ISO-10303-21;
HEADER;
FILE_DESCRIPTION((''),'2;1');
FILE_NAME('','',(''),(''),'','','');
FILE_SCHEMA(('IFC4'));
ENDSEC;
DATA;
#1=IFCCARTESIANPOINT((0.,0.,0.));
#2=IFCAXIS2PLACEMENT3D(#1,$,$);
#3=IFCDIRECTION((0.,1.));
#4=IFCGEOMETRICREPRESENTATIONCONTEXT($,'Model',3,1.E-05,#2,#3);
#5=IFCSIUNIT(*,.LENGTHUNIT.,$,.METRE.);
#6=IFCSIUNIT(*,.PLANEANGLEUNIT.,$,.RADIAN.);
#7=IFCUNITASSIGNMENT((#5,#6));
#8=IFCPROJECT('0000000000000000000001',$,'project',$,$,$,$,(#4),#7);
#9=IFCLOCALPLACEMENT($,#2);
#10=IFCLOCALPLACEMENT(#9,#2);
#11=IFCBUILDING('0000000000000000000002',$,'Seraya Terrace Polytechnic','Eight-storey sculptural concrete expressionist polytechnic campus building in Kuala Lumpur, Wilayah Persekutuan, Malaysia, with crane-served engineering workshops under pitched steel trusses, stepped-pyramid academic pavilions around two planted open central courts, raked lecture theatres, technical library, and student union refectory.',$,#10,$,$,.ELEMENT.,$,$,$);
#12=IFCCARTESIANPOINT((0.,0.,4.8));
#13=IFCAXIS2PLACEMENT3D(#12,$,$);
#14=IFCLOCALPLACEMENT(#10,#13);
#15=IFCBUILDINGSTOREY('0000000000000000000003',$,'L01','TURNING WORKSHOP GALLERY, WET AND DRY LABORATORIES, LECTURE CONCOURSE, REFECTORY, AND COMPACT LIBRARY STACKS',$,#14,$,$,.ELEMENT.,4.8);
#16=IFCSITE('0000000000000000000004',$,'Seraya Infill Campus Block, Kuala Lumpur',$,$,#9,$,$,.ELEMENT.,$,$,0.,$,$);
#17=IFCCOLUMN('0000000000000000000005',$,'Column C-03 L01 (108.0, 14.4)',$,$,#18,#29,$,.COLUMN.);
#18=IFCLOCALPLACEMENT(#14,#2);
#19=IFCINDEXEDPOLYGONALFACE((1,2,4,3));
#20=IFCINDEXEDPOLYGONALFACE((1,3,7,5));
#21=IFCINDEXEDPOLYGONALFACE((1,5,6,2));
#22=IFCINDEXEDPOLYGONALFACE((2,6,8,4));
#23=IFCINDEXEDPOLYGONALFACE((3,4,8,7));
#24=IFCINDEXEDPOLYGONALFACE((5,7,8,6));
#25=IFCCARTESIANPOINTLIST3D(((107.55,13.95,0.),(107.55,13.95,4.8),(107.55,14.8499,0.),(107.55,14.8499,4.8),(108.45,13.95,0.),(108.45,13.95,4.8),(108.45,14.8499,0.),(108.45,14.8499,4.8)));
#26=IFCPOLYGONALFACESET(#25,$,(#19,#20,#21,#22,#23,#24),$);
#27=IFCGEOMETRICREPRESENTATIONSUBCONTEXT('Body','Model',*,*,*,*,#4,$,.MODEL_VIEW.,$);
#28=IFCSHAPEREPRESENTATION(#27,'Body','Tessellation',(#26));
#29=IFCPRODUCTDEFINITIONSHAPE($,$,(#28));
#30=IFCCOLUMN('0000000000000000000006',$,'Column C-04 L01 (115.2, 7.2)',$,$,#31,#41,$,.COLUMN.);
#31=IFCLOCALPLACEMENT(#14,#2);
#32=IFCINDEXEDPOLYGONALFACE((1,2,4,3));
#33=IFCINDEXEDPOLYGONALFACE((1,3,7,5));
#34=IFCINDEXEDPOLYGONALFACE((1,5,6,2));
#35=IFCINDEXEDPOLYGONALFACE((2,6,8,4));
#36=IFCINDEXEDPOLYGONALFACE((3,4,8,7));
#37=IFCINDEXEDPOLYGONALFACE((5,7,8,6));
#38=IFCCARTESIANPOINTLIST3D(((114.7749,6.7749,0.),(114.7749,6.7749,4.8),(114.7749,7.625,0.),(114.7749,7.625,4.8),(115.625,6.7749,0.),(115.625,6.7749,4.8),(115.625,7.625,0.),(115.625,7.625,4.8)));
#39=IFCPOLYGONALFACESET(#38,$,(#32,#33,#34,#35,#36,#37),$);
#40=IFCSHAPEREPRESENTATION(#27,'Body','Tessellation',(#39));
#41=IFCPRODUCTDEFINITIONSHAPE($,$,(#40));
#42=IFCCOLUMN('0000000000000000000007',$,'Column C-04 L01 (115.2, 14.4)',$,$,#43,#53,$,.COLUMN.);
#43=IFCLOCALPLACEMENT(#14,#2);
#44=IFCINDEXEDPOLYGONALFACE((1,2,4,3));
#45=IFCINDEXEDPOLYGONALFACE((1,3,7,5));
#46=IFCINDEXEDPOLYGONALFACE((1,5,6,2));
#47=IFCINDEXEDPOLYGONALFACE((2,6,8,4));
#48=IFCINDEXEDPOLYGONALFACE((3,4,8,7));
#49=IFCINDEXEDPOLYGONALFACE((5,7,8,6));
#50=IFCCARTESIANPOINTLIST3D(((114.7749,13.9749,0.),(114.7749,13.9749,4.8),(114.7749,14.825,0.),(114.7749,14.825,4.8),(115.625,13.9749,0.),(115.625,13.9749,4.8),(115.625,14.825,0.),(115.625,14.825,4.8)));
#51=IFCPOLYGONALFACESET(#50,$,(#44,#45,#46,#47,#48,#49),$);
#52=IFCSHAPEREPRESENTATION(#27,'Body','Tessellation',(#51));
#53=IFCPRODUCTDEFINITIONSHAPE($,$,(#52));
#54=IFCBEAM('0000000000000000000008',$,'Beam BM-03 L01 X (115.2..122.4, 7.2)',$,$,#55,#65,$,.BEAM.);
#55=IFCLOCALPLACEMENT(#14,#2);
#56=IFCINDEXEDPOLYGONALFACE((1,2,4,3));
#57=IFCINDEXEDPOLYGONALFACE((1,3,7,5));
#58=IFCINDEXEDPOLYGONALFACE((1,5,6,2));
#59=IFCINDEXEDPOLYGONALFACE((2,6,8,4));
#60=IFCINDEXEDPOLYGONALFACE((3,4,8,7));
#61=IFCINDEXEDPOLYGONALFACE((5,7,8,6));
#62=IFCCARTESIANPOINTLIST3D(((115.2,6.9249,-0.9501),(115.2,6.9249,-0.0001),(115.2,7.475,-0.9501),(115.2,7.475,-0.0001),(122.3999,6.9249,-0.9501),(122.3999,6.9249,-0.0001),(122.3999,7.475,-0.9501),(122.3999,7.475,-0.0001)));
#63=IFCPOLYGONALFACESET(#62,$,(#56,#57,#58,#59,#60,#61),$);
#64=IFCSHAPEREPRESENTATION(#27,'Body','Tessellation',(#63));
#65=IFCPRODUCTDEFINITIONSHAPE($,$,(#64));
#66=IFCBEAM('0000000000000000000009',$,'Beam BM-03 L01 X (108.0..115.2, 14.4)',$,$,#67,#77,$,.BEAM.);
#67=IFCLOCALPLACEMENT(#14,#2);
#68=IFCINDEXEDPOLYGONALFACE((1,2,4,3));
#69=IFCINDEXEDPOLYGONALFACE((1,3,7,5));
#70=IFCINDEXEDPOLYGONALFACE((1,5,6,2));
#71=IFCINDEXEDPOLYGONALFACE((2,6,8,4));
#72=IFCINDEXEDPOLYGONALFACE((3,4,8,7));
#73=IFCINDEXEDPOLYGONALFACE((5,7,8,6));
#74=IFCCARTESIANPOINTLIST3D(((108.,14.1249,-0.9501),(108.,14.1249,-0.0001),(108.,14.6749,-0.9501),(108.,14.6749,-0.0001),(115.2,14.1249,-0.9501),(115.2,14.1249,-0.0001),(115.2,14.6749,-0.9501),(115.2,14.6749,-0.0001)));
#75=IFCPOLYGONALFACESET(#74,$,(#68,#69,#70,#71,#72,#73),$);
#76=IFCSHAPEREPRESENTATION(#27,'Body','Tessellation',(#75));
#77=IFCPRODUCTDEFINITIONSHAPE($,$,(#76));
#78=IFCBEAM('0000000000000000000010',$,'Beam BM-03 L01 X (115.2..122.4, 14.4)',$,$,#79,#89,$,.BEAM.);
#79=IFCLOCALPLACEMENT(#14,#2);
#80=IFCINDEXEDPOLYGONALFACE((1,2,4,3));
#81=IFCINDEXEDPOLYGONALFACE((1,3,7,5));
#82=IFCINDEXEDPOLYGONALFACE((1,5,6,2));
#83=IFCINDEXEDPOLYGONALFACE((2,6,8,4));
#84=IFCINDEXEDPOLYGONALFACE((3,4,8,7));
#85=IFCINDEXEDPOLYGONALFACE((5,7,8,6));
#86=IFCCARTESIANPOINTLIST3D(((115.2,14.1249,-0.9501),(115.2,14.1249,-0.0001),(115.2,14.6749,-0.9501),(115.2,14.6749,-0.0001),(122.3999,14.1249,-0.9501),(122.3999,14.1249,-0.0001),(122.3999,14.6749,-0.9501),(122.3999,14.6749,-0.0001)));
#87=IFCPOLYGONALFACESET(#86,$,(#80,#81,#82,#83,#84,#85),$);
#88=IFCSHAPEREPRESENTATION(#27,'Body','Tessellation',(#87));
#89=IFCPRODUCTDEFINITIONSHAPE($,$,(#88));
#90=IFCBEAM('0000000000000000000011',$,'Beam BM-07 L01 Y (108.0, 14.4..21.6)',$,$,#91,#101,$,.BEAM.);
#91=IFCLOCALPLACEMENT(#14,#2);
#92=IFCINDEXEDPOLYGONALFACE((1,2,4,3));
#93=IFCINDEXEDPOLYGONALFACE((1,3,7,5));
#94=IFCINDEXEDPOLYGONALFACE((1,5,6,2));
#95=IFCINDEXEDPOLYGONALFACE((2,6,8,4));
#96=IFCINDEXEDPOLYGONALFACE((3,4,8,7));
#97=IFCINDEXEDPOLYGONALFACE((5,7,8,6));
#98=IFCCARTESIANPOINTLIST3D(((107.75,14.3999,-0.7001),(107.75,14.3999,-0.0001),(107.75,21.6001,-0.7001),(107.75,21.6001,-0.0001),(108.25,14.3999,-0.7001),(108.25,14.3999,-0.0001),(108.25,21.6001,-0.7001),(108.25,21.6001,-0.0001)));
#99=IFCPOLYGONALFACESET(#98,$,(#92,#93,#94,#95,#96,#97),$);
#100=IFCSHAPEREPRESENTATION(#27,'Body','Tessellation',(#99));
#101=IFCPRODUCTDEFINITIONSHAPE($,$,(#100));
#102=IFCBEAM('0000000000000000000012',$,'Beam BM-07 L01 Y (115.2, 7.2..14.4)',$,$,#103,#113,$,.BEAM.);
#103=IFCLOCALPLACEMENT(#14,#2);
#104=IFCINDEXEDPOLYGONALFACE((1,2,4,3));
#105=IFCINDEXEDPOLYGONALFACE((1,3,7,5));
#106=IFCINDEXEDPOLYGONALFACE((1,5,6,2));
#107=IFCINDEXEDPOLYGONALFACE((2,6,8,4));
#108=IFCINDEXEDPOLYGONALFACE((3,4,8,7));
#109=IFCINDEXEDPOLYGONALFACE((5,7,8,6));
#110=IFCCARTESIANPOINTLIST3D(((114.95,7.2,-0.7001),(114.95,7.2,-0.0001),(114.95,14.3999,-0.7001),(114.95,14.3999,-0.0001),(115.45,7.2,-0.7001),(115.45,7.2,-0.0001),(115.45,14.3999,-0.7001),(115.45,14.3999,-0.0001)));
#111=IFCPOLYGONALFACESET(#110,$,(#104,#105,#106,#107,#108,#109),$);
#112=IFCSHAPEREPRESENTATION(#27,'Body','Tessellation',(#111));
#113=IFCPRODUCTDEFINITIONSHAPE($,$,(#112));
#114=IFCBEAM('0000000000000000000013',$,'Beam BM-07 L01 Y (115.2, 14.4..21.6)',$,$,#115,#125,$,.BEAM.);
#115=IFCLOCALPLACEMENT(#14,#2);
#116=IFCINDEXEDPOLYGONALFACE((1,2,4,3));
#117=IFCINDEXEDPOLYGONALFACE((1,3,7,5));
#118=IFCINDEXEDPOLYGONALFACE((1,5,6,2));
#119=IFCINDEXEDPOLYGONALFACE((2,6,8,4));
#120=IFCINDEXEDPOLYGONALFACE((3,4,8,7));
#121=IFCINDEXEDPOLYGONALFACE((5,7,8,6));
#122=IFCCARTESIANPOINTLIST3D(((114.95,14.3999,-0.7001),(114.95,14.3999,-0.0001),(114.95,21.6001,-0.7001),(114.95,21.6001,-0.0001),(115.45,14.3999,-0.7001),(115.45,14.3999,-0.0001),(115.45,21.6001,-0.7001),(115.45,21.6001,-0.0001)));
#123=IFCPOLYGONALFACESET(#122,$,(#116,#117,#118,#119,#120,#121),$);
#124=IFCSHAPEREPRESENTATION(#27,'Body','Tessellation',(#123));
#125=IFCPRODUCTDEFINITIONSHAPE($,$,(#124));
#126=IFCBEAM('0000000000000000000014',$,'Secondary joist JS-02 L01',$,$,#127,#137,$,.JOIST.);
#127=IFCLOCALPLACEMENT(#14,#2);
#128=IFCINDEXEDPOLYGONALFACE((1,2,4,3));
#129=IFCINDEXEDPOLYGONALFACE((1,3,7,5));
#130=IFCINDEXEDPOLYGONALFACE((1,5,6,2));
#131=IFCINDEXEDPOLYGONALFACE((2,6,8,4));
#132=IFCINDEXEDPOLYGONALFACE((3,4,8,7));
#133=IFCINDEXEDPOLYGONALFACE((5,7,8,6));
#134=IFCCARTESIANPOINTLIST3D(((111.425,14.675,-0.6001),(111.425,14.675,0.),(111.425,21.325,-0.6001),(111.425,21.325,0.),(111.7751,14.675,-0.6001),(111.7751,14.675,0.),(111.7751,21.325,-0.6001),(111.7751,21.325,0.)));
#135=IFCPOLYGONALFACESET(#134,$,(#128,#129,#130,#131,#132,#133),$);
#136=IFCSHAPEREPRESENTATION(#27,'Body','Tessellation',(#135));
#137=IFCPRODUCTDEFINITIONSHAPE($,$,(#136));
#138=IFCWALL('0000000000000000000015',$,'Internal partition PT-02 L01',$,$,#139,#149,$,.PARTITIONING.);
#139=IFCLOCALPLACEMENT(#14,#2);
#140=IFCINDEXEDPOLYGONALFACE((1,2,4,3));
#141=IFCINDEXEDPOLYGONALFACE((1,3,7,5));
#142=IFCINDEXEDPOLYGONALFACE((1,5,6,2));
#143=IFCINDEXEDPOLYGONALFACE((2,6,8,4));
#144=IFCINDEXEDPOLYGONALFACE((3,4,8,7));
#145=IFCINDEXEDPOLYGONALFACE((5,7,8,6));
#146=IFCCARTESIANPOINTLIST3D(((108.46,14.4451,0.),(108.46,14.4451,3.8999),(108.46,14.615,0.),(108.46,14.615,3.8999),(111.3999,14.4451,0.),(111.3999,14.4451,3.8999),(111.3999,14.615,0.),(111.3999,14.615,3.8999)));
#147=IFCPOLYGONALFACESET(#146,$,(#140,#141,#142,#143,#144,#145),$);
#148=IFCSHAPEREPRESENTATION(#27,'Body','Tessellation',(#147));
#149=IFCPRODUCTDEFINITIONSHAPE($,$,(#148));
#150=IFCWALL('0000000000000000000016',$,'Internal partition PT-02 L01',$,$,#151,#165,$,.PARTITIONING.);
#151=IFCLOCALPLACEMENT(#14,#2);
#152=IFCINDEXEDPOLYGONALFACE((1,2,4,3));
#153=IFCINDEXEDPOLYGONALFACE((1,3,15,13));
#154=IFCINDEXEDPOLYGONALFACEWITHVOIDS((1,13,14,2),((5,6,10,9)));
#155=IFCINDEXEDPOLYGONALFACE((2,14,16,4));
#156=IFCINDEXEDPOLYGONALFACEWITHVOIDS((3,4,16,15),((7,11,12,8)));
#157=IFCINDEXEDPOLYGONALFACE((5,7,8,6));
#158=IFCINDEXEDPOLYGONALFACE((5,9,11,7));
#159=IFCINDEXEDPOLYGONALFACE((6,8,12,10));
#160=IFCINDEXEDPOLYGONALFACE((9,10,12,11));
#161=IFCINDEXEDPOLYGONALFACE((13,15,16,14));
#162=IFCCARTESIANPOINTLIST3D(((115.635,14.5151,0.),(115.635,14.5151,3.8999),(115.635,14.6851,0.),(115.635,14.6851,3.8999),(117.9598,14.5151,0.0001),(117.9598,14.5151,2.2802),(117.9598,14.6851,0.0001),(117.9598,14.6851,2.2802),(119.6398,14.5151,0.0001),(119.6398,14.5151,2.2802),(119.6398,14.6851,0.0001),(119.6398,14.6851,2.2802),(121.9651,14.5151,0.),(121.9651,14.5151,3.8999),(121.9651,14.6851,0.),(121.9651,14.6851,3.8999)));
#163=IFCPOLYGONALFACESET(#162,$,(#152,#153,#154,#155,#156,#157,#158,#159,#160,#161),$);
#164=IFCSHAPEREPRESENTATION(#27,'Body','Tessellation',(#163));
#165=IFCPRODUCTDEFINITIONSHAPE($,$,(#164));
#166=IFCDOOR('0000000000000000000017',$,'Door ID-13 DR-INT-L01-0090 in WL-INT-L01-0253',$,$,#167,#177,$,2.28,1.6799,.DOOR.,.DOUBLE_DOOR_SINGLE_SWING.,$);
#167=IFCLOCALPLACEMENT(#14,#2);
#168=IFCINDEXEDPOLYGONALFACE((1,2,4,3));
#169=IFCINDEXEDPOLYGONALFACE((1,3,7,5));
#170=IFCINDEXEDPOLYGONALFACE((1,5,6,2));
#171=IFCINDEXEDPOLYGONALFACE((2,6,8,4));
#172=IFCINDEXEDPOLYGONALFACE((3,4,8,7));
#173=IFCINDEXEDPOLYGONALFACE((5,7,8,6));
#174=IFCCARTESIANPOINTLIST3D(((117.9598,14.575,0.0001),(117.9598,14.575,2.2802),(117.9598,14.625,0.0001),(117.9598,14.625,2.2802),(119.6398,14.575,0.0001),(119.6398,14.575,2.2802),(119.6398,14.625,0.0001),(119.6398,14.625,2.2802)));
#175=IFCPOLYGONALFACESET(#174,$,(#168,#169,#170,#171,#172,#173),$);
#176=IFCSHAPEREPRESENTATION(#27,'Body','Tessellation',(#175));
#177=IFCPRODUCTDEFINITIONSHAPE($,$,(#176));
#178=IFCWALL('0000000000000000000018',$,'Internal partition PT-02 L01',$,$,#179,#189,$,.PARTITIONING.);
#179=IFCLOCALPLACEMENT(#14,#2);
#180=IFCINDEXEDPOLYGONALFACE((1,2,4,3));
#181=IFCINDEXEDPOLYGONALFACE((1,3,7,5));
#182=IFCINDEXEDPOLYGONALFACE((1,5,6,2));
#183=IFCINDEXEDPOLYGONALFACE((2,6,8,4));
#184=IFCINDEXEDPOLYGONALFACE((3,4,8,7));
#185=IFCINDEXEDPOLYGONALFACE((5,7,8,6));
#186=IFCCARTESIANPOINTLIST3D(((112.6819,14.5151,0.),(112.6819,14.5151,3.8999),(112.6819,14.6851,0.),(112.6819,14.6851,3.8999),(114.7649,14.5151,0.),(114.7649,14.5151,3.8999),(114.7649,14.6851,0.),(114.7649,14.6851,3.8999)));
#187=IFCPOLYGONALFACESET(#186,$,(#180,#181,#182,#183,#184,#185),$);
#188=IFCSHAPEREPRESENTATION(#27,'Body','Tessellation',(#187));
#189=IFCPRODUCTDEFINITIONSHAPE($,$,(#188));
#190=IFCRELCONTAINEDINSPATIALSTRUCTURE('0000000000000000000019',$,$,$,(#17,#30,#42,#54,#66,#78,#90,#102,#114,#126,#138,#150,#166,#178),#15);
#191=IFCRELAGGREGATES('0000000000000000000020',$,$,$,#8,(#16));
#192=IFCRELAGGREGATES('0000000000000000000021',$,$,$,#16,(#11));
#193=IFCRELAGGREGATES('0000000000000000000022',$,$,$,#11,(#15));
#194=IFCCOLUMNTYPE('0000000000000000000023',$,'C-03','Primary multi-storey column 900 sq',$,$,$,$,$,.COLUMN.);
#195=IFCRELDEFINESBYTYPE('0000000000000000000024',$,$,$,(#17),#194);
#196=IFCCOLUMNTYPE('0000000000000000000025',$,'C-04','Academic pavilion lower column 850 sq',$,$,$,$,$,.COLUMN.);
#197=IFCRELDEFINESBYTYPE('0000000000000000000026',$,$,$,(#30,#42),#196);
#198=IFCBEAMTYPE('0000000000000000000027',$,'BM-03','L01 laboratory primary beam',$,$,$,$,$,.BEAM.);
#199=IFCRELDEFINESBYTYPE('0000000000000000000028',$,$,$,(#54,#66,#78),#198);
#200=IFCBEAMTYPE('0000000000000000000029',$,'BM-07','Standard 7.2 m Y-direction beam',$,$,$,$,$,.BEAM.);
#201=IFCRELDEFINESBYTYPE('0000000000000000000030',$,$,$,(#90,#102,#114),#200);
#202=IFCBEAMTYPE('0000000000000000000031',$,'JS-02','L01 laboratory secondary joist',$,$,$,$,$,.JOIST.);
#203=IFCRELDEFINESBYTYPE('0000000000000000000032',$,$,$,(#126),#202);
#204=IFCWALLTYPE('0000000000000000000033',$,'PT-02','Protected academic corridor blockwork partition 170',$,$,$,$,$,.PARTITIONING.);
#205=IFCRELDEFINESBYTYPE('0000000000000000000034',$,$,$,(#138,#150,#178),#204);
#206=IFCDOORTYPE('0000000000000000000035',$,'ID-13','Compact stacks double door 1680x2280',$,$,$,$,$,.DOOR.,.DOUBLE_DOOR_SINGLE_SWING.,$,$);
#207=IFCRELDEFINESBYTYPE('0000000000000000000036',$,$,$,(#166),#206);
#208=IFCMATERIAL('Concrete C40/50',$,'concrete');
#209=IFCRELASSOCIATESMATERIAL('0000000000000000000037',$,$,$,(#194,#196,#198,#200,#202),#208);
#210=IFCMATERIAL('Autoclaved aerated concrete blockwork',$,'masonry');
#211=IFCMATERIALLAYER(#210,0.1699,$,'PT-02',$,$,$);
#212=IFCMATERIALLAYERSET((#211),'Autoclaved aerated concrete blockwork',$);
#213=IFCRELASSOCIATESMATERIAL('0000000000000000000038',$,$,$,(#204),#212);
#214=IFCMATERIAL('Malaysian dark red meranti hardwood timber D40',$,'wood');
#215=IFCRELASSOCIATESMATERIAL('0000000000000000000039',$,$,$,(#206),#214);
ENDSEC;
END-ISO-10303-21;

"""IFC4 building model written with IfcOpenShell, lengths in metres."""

from ifc_helpers import new_model, si_unit, direction, frame, frame_2d, origin, origin_2d, place, context, subcontext, project, spatial, rectangle, extrude, material, layer, layer_set, material_profile, profile_set, type_object, element, fill, save


model = new_model("IFC4")

# Units and contexts
model_context = context("Model", 3, precision=1e-05, world=origin(), true_north=direction((0.0, 1.0)))
body_context = subcontext(model_context, "Body", "Model", "MODEL_VIEW")
ifc_project = project(units=[si_unit("LENGTHUNIT", "METRE"), si_unit("PLANEANGLEUNIT", "RADIAN")], contexts=[model_context])

# Site, building, storey
site_placement = place(None, origin())
site = spatial("IfcSite", under=ifc_project, at=site_placement, Name="Seraya Infill Campus Block, Kuala Lumpur", CompositionType="ELEMENT", RefElevation=0.0)
building_placement = place(site_placement, origin())
building = spatial("IfcBuilding", under=site, at=building_placement, Name="Seraya Terrace Polytechnic", Description="Eight-storey sculptural concrete expressionist polytechnic campus building in Kuala Lumpur, Wilayah Persekutuan, Malaysia, with crane-served engineering workshops under pitched steel trusses, stepped-pyramid academic pavilions around two planted open central courts, raked lecture theatres, technical library, and student union refectory.", CompositionType="ELEMENT")
storey_placement = place(building_placement, frame((0.0, 0.0, 4.8)))
storey = spatial("IfcBuildingStorey", under=building, at=storey_placement, Name="L01", Description="TURNING WORKSHOP GALLERY, WET AND DRY LABORATORIES, LECTURE CONCOURSE, REFECTORY, AND COMPACT LIBRARY STACKS", CompositionType="ELEMENT", Elevation=4.8)

# Columns
ifc_material_1 = material(Name="Concrete C40/50", Category="concrete")
ifc_material_profile_1 = material_profile(ifc_material_1, rectangle(XDim=0.8999, YDim=0.8999, at=origin_2d()), Name="RC 900x900")
ifc_profile_set_1 = profile_set([ifc_material_profile_1], Name="Concrete C40/50")
column_type_1 = type_object("IfcColumnType", Name="C-03", Description="Primary multi-storey column 900 sq", PredefinedType="COLUMN", material=ifc_profile_set_1)
column_placement = place(storey_placement, frame((108.0, 14.3999, 0.0), z_axis=(0.0, 0.0, 1.0), x_axis=(1.0, 0.0, 0.0)))
element("IfcColumn", 1, at=column_placement, inside=storey, type_object=column_type_1, Name="Column C-03 L01 (108.0, 14.4)", PredefinedType="COLUMN", context=body_context, shape_type="SweptSolid", body=[
    extrude(rectangle(XDim=0.8999, YDim=0.8999, at=origin_2d()), origin(), (0.0, 0.0, 1.0), 4.8),
])
ifc_material_profile_2 = material_profile(ifc_material_1, rectangle(XDim=0.8501, YDim=0.8501, at=origin_2d()), Name="RC 850x850")
ifc_profile_set_2 = profile_set([ifc_material_profile_2], Name="Concrete C40/50")
column_type_2 = type_object("IfcColumnType", Name="C-04", Description="Academic pavilion lower column 850 sq", PredefinedType="COLUMN", material=ifc_profile_set_2)
for number, where, z_axis, x_axis, name in (
    (2, (115.2, 7.2, 0.0), (0.0, 0.0, 1.0), (1.0, 0.0, 0.0), "Column C-04 L01 (115.2, 7.2)"),
    (3, (115.2, 14.3999, 0.0), (0.0, 0.0, 1.0), (1.0, 0.0, 0.0), "Column C-04 L01 (115.2, 14.4)"),
):
    element("IfcColumn", number, at=place(storey_placement, frame(where, z_axis=z_axis, x_axis=x_axis)), inside=storey, type_object=column_type_2, Name=name, PredefinedType="COLUMN", context=body_context, shape_type="SweptSolid", body=[
        extrude(rectangle(XDim=0.8501, YDim=0.8501, at=origin_2d()), origin(), (0.0, 0.0, 1.0), 4.8),
    ])

# Beams
ifc_material_profile_3 = material_profile(ifc_material_1, rectangle(XDim=0.55, YDim=0.95, at=origin_2d()), Name="RC 550x950")
ifc_profile_set_3 = profile_set([ifc_material_profile_3], Name="Concrete C40/50")
beam_type_1 = type_object("IfcBeamType", Name="BM-03", Description="L01 laboratory primary beam", PredefinedType="BEAM", material=ifc_profile_set_3)
for number, where, z_axis, x_axis, name in (
    (4, (115.2, 7.2, -0.4751), (1.0, 0.0, 0.0), (0.0, 1.0, 0.0), "Beam BM-03 L01 X (115.2..122.4, 7.2)"),
    (5, (108.0, 14.3999, -0.4751), (1.0, 0.0, 0.0), (0.0, 1.0, 0.0), "Beam BM-03 L01 X (108.0..115.2, 14.4)"),
    (6, (115.2, 14.3999, -0.4751), (1.0, 0.0, 0.0), (0.0, 1.0, 0.0), "Beam BM-03 L01 X (115.2..122.4, 14.4)"),
):
    element("IfcBeam", number, at=place(storey_placement, frame(where, z_axis=z_axis, x_axis=x_axis)), inside=storey, type_object=beam_type_1, Name=name, PredefinedType="BEAM", context=body_context, shape_type="SweptSolid", body=[
        extrude(rectangle(XDim=0.55, YDim=0.95, at=origin_2d()), origin(), (0.0, 0.0, 1.0), 7.2),
    ])
ifc_material_profile_4 = material_profile(ifc_material_1, rectangle(XDim=0.5, YDim=0.7, at=origin_2d()), Name="RC 500x700")
ifc_profile_set_4 = profile_set([ifc_material_profile_4], Name="Concrete C40/50")
beam_type_2 = type_object("IfcBeamType", Name="BM-07", Description="Standard 7.2 m Y-direction beam", PredefinedType="BEAM", material=ifc_profile_set_4)
beam_1_placement = place(storey_placement, frame((108.0, 14.3999, -0.3501), z_axis=(0.0, 1.0, 0.0), x_axis=(-1.0, 0.0, 0.0)))
element("IfcBeam", 7, at=beam_1_placement, inside=storey, type_object=beam_type_2, Name="Beam BM-07 L01 Y (108.0, 14.4..21.6)", PredefinedType="BEAM", context=body_context, shape_type="SweptSolid", body=[
    extrude(rectangle(XDim=0.5, YDim=0.7, at=origin_2d()), origin(), (0.0, 0.0, 1.0), 7.2002),
])
beam_2_placement = place(storey_placement, frame((115.2, 7.2, -0.3501), z_axis=(0.0, 1.0, 0.0), x_axis=(-1.0, 0.0, 0.0)))
element("IfcBeam", 8, at=beam_2_placement, inside=storey, type_object=beam_type_2, Name="Beam BM-07 L01 Y (115.2, 7.2..14.4)", PredefinedType="BEAM", context=body_context, shape_type="SweptSolid", body=[
    extrude(rectangle(XDim=0.5, YDim=0.7, at=origin_2d()), origin(), (0.0, 0.0, 1.0), 7.2),
])
beam_3_placement = place(storey_placement, frame((115.2, 14.3999, -0.3501), z_axis=(0.0, 1.0, 0.0), x_axis=(-1.0, 0.0, 0.0)))
element("IfcBeam", 9, at=beam_3_placement, inside=storey, type_object=beam_type_2, Name="Beam BM-07 L01 Y (115.2, 14.4..21.6)", PredefinedType="BEAM", context=body_context, shape_type="SweptSolid", body=[
    extrude(rectangle(XDim=0.5, YDim=0.7, at=origin_2d()), origin(), (0.0, 0.0, 1.0), 7.2002),
])
ifc_material_profile_5 = material_profile(ifc_material_1, rectangle(XDim=0.3501, YDim=0.6001, at=origin_2d()), Name="RC 350x600")
ifc_profile_set_5 = profile_set([ifc_material_profile_5], Name="Concrete C40/50")
beam_type_3 = type_object("IfcBeamType", Name="JS-02", Description="L01 laboratory secondary joist", PredefinedType="JOIST", material=ifc_profile_set_5)
beam_4_placement = place(storey_placement, frame((111.6001, 14.675, -0.3), z_axis=(0.0, 1.0, 0.0), x_axis=(-1.0, 0.0, 0.0)))
element("IfcBeam", 10, at=beam_4_placement, inside=storey, type_object=beam_type_3, Name="Secondary joist JS-02 L01", PredefinedType="JOIST", context=body_context, shape_type="SweptSolid", body=[
    extrude(rectangle(XDim=0.3501, YDim=0.6001, at=origin_2d()), origin(), (0.0, 0.0, 1.0), 6.6499),
])

# Wall
ifc_material_2 = material(Name="Autoclaved aerated concrete blockwork", Category="masonry")
ifc_layer_1 = layer(ifc_material_2, 0.1699, Name="PT-02")
ifc_layer_set_1 = layer_set([ifc_layer_1], Name="Autoclaved aerated concrete blockwork")
wall_type_1 = type_object("IfcWallType", Name="PT-02", Description="Protected academic corridor blockwork partition 170", PredefinedType="PARTITIONING", material=ifc_layer_set_1)
wall_1_placement = place(storey_placement, frame((108.46, 14.53, 0.0), z_axis=(0.0, 0.0, 1.0), x_axis=(1.0, 0.0, 0.0)))
element("IfcWall", 11, at=wall_1_placement, inside=storey, type_object=wall_type_1, Name="Internal partition PT-02 L01", PredefinedType="PARTITIONING", context=body_context, shape_type="SweptSolid", body=[
    extrude(rectangle(XDim=2.9399, YDim=0.1699, at=frame_2d((1.47, 0.0))), origin(), (0.0, 0.0, 1.0), 3.8999),
])

# Wall, opening, door
wall_2_placement = place(storey_placement, frame((115.635, 14.6001, 0.0), z_axis=(0.0, 0.0, 1.0), x_axis=(1.0, 0.0, 0.0)))
wall_2 = element("IfcWall", 12, at=wall_2_placement, inside=storey, type_object=wall_type_1, Name="Internal partition PT-02 L01", PredefinedType="PARTITIONING", context=body_context, shape_type="SweptSolid", body=[
    extrude(rectangle(XDim=6.3301, YDim=0.1699, at=frame_2d((3.165, 0.0))), origin(), (0.0, 0.0, 1.0), 3.8999),
])
opening_1_placement = place(wall_2_placement, frame((2.325, 0.0, 0.0)))
opening_1 = element("IfcOpeningElement", 13, at=opening_1_placement, cuts=wall_2, PredefinedType="OPENING", context=body_context, shape_type="SweptSolid", body=[
    extrude(rectangle(XDim=1.6799, YDim=2.28, at=frame_2d((0.8398, 1.1401))), frame((0.0, 0.0969, 0.0), z_axis=(0.0, -1.0, 0.0), x_axis=(1.0, 0.0, 0.0)), (0.0, 0.0, 1.0), 0.1938),
])
ifc_material_3 = material(Name="Malaysian dark red meranti hardwood timber D40", Category="wood")
door_type_1 = type_object("IfcDoorType", Name="ID-13", Description="Compact stacks double door 1680x2280", OperationType="DOUBLE_DOOR_SINGLE_SWING", PredefinedType="DOOR", material=ifc_material_3)
door_1_placement = place(opening_1_placement, origin())
door_1 = element("IfcDoor", 14, at=door_1_placement, inside=storey, type_object=door_type_1, Name="Door ID-13 DR-INT-L01-0090 in WL-INT-L01-0253", OperationType="DOUBLE_DOOR_SINGLE_SWING", OverallHeight=2.28, OverallWidth=1.6799, PredefinedType="DOOR", context=body_context, shape_type="SweptSolid", body=[
    extrude(rectangle(XDim=1.6799, YDim=2.28, at=frame_2d((0.8398, 1.1401))), frame((0.0, 0.0249, 0.0), z_axis=(0.0, -1.0, 0.0), x_axis=(1.0, 0.0, 0.0)), (0.0, 0.0, 1.0), 0.05),
])
fill(opening_1, door_1)

# Wall
wall_3_placement = place(storey_placement, frame((112.6819, 14.6001, 0.0), z_axis=(0.0, 0.0, 1.0), x_axis=(1.0, 0.0, 0.0)))
element("IfcWall", 15, at=wall_3_placement, inside=storey, type_object=wall_type_1, Name="Internal partition PT-02 L01", PredefinedType="PARTITIONING", context=body_context, shape_type="SweptSolid", body=[
    extrude(rectangle(XDim=2.083, YDim=0.1699, at=frame_2d((1.0415, 0.0))), origin(), (0.0, 0.0, 1.0), 3.8999),
])

save(model, "model.ifc")
